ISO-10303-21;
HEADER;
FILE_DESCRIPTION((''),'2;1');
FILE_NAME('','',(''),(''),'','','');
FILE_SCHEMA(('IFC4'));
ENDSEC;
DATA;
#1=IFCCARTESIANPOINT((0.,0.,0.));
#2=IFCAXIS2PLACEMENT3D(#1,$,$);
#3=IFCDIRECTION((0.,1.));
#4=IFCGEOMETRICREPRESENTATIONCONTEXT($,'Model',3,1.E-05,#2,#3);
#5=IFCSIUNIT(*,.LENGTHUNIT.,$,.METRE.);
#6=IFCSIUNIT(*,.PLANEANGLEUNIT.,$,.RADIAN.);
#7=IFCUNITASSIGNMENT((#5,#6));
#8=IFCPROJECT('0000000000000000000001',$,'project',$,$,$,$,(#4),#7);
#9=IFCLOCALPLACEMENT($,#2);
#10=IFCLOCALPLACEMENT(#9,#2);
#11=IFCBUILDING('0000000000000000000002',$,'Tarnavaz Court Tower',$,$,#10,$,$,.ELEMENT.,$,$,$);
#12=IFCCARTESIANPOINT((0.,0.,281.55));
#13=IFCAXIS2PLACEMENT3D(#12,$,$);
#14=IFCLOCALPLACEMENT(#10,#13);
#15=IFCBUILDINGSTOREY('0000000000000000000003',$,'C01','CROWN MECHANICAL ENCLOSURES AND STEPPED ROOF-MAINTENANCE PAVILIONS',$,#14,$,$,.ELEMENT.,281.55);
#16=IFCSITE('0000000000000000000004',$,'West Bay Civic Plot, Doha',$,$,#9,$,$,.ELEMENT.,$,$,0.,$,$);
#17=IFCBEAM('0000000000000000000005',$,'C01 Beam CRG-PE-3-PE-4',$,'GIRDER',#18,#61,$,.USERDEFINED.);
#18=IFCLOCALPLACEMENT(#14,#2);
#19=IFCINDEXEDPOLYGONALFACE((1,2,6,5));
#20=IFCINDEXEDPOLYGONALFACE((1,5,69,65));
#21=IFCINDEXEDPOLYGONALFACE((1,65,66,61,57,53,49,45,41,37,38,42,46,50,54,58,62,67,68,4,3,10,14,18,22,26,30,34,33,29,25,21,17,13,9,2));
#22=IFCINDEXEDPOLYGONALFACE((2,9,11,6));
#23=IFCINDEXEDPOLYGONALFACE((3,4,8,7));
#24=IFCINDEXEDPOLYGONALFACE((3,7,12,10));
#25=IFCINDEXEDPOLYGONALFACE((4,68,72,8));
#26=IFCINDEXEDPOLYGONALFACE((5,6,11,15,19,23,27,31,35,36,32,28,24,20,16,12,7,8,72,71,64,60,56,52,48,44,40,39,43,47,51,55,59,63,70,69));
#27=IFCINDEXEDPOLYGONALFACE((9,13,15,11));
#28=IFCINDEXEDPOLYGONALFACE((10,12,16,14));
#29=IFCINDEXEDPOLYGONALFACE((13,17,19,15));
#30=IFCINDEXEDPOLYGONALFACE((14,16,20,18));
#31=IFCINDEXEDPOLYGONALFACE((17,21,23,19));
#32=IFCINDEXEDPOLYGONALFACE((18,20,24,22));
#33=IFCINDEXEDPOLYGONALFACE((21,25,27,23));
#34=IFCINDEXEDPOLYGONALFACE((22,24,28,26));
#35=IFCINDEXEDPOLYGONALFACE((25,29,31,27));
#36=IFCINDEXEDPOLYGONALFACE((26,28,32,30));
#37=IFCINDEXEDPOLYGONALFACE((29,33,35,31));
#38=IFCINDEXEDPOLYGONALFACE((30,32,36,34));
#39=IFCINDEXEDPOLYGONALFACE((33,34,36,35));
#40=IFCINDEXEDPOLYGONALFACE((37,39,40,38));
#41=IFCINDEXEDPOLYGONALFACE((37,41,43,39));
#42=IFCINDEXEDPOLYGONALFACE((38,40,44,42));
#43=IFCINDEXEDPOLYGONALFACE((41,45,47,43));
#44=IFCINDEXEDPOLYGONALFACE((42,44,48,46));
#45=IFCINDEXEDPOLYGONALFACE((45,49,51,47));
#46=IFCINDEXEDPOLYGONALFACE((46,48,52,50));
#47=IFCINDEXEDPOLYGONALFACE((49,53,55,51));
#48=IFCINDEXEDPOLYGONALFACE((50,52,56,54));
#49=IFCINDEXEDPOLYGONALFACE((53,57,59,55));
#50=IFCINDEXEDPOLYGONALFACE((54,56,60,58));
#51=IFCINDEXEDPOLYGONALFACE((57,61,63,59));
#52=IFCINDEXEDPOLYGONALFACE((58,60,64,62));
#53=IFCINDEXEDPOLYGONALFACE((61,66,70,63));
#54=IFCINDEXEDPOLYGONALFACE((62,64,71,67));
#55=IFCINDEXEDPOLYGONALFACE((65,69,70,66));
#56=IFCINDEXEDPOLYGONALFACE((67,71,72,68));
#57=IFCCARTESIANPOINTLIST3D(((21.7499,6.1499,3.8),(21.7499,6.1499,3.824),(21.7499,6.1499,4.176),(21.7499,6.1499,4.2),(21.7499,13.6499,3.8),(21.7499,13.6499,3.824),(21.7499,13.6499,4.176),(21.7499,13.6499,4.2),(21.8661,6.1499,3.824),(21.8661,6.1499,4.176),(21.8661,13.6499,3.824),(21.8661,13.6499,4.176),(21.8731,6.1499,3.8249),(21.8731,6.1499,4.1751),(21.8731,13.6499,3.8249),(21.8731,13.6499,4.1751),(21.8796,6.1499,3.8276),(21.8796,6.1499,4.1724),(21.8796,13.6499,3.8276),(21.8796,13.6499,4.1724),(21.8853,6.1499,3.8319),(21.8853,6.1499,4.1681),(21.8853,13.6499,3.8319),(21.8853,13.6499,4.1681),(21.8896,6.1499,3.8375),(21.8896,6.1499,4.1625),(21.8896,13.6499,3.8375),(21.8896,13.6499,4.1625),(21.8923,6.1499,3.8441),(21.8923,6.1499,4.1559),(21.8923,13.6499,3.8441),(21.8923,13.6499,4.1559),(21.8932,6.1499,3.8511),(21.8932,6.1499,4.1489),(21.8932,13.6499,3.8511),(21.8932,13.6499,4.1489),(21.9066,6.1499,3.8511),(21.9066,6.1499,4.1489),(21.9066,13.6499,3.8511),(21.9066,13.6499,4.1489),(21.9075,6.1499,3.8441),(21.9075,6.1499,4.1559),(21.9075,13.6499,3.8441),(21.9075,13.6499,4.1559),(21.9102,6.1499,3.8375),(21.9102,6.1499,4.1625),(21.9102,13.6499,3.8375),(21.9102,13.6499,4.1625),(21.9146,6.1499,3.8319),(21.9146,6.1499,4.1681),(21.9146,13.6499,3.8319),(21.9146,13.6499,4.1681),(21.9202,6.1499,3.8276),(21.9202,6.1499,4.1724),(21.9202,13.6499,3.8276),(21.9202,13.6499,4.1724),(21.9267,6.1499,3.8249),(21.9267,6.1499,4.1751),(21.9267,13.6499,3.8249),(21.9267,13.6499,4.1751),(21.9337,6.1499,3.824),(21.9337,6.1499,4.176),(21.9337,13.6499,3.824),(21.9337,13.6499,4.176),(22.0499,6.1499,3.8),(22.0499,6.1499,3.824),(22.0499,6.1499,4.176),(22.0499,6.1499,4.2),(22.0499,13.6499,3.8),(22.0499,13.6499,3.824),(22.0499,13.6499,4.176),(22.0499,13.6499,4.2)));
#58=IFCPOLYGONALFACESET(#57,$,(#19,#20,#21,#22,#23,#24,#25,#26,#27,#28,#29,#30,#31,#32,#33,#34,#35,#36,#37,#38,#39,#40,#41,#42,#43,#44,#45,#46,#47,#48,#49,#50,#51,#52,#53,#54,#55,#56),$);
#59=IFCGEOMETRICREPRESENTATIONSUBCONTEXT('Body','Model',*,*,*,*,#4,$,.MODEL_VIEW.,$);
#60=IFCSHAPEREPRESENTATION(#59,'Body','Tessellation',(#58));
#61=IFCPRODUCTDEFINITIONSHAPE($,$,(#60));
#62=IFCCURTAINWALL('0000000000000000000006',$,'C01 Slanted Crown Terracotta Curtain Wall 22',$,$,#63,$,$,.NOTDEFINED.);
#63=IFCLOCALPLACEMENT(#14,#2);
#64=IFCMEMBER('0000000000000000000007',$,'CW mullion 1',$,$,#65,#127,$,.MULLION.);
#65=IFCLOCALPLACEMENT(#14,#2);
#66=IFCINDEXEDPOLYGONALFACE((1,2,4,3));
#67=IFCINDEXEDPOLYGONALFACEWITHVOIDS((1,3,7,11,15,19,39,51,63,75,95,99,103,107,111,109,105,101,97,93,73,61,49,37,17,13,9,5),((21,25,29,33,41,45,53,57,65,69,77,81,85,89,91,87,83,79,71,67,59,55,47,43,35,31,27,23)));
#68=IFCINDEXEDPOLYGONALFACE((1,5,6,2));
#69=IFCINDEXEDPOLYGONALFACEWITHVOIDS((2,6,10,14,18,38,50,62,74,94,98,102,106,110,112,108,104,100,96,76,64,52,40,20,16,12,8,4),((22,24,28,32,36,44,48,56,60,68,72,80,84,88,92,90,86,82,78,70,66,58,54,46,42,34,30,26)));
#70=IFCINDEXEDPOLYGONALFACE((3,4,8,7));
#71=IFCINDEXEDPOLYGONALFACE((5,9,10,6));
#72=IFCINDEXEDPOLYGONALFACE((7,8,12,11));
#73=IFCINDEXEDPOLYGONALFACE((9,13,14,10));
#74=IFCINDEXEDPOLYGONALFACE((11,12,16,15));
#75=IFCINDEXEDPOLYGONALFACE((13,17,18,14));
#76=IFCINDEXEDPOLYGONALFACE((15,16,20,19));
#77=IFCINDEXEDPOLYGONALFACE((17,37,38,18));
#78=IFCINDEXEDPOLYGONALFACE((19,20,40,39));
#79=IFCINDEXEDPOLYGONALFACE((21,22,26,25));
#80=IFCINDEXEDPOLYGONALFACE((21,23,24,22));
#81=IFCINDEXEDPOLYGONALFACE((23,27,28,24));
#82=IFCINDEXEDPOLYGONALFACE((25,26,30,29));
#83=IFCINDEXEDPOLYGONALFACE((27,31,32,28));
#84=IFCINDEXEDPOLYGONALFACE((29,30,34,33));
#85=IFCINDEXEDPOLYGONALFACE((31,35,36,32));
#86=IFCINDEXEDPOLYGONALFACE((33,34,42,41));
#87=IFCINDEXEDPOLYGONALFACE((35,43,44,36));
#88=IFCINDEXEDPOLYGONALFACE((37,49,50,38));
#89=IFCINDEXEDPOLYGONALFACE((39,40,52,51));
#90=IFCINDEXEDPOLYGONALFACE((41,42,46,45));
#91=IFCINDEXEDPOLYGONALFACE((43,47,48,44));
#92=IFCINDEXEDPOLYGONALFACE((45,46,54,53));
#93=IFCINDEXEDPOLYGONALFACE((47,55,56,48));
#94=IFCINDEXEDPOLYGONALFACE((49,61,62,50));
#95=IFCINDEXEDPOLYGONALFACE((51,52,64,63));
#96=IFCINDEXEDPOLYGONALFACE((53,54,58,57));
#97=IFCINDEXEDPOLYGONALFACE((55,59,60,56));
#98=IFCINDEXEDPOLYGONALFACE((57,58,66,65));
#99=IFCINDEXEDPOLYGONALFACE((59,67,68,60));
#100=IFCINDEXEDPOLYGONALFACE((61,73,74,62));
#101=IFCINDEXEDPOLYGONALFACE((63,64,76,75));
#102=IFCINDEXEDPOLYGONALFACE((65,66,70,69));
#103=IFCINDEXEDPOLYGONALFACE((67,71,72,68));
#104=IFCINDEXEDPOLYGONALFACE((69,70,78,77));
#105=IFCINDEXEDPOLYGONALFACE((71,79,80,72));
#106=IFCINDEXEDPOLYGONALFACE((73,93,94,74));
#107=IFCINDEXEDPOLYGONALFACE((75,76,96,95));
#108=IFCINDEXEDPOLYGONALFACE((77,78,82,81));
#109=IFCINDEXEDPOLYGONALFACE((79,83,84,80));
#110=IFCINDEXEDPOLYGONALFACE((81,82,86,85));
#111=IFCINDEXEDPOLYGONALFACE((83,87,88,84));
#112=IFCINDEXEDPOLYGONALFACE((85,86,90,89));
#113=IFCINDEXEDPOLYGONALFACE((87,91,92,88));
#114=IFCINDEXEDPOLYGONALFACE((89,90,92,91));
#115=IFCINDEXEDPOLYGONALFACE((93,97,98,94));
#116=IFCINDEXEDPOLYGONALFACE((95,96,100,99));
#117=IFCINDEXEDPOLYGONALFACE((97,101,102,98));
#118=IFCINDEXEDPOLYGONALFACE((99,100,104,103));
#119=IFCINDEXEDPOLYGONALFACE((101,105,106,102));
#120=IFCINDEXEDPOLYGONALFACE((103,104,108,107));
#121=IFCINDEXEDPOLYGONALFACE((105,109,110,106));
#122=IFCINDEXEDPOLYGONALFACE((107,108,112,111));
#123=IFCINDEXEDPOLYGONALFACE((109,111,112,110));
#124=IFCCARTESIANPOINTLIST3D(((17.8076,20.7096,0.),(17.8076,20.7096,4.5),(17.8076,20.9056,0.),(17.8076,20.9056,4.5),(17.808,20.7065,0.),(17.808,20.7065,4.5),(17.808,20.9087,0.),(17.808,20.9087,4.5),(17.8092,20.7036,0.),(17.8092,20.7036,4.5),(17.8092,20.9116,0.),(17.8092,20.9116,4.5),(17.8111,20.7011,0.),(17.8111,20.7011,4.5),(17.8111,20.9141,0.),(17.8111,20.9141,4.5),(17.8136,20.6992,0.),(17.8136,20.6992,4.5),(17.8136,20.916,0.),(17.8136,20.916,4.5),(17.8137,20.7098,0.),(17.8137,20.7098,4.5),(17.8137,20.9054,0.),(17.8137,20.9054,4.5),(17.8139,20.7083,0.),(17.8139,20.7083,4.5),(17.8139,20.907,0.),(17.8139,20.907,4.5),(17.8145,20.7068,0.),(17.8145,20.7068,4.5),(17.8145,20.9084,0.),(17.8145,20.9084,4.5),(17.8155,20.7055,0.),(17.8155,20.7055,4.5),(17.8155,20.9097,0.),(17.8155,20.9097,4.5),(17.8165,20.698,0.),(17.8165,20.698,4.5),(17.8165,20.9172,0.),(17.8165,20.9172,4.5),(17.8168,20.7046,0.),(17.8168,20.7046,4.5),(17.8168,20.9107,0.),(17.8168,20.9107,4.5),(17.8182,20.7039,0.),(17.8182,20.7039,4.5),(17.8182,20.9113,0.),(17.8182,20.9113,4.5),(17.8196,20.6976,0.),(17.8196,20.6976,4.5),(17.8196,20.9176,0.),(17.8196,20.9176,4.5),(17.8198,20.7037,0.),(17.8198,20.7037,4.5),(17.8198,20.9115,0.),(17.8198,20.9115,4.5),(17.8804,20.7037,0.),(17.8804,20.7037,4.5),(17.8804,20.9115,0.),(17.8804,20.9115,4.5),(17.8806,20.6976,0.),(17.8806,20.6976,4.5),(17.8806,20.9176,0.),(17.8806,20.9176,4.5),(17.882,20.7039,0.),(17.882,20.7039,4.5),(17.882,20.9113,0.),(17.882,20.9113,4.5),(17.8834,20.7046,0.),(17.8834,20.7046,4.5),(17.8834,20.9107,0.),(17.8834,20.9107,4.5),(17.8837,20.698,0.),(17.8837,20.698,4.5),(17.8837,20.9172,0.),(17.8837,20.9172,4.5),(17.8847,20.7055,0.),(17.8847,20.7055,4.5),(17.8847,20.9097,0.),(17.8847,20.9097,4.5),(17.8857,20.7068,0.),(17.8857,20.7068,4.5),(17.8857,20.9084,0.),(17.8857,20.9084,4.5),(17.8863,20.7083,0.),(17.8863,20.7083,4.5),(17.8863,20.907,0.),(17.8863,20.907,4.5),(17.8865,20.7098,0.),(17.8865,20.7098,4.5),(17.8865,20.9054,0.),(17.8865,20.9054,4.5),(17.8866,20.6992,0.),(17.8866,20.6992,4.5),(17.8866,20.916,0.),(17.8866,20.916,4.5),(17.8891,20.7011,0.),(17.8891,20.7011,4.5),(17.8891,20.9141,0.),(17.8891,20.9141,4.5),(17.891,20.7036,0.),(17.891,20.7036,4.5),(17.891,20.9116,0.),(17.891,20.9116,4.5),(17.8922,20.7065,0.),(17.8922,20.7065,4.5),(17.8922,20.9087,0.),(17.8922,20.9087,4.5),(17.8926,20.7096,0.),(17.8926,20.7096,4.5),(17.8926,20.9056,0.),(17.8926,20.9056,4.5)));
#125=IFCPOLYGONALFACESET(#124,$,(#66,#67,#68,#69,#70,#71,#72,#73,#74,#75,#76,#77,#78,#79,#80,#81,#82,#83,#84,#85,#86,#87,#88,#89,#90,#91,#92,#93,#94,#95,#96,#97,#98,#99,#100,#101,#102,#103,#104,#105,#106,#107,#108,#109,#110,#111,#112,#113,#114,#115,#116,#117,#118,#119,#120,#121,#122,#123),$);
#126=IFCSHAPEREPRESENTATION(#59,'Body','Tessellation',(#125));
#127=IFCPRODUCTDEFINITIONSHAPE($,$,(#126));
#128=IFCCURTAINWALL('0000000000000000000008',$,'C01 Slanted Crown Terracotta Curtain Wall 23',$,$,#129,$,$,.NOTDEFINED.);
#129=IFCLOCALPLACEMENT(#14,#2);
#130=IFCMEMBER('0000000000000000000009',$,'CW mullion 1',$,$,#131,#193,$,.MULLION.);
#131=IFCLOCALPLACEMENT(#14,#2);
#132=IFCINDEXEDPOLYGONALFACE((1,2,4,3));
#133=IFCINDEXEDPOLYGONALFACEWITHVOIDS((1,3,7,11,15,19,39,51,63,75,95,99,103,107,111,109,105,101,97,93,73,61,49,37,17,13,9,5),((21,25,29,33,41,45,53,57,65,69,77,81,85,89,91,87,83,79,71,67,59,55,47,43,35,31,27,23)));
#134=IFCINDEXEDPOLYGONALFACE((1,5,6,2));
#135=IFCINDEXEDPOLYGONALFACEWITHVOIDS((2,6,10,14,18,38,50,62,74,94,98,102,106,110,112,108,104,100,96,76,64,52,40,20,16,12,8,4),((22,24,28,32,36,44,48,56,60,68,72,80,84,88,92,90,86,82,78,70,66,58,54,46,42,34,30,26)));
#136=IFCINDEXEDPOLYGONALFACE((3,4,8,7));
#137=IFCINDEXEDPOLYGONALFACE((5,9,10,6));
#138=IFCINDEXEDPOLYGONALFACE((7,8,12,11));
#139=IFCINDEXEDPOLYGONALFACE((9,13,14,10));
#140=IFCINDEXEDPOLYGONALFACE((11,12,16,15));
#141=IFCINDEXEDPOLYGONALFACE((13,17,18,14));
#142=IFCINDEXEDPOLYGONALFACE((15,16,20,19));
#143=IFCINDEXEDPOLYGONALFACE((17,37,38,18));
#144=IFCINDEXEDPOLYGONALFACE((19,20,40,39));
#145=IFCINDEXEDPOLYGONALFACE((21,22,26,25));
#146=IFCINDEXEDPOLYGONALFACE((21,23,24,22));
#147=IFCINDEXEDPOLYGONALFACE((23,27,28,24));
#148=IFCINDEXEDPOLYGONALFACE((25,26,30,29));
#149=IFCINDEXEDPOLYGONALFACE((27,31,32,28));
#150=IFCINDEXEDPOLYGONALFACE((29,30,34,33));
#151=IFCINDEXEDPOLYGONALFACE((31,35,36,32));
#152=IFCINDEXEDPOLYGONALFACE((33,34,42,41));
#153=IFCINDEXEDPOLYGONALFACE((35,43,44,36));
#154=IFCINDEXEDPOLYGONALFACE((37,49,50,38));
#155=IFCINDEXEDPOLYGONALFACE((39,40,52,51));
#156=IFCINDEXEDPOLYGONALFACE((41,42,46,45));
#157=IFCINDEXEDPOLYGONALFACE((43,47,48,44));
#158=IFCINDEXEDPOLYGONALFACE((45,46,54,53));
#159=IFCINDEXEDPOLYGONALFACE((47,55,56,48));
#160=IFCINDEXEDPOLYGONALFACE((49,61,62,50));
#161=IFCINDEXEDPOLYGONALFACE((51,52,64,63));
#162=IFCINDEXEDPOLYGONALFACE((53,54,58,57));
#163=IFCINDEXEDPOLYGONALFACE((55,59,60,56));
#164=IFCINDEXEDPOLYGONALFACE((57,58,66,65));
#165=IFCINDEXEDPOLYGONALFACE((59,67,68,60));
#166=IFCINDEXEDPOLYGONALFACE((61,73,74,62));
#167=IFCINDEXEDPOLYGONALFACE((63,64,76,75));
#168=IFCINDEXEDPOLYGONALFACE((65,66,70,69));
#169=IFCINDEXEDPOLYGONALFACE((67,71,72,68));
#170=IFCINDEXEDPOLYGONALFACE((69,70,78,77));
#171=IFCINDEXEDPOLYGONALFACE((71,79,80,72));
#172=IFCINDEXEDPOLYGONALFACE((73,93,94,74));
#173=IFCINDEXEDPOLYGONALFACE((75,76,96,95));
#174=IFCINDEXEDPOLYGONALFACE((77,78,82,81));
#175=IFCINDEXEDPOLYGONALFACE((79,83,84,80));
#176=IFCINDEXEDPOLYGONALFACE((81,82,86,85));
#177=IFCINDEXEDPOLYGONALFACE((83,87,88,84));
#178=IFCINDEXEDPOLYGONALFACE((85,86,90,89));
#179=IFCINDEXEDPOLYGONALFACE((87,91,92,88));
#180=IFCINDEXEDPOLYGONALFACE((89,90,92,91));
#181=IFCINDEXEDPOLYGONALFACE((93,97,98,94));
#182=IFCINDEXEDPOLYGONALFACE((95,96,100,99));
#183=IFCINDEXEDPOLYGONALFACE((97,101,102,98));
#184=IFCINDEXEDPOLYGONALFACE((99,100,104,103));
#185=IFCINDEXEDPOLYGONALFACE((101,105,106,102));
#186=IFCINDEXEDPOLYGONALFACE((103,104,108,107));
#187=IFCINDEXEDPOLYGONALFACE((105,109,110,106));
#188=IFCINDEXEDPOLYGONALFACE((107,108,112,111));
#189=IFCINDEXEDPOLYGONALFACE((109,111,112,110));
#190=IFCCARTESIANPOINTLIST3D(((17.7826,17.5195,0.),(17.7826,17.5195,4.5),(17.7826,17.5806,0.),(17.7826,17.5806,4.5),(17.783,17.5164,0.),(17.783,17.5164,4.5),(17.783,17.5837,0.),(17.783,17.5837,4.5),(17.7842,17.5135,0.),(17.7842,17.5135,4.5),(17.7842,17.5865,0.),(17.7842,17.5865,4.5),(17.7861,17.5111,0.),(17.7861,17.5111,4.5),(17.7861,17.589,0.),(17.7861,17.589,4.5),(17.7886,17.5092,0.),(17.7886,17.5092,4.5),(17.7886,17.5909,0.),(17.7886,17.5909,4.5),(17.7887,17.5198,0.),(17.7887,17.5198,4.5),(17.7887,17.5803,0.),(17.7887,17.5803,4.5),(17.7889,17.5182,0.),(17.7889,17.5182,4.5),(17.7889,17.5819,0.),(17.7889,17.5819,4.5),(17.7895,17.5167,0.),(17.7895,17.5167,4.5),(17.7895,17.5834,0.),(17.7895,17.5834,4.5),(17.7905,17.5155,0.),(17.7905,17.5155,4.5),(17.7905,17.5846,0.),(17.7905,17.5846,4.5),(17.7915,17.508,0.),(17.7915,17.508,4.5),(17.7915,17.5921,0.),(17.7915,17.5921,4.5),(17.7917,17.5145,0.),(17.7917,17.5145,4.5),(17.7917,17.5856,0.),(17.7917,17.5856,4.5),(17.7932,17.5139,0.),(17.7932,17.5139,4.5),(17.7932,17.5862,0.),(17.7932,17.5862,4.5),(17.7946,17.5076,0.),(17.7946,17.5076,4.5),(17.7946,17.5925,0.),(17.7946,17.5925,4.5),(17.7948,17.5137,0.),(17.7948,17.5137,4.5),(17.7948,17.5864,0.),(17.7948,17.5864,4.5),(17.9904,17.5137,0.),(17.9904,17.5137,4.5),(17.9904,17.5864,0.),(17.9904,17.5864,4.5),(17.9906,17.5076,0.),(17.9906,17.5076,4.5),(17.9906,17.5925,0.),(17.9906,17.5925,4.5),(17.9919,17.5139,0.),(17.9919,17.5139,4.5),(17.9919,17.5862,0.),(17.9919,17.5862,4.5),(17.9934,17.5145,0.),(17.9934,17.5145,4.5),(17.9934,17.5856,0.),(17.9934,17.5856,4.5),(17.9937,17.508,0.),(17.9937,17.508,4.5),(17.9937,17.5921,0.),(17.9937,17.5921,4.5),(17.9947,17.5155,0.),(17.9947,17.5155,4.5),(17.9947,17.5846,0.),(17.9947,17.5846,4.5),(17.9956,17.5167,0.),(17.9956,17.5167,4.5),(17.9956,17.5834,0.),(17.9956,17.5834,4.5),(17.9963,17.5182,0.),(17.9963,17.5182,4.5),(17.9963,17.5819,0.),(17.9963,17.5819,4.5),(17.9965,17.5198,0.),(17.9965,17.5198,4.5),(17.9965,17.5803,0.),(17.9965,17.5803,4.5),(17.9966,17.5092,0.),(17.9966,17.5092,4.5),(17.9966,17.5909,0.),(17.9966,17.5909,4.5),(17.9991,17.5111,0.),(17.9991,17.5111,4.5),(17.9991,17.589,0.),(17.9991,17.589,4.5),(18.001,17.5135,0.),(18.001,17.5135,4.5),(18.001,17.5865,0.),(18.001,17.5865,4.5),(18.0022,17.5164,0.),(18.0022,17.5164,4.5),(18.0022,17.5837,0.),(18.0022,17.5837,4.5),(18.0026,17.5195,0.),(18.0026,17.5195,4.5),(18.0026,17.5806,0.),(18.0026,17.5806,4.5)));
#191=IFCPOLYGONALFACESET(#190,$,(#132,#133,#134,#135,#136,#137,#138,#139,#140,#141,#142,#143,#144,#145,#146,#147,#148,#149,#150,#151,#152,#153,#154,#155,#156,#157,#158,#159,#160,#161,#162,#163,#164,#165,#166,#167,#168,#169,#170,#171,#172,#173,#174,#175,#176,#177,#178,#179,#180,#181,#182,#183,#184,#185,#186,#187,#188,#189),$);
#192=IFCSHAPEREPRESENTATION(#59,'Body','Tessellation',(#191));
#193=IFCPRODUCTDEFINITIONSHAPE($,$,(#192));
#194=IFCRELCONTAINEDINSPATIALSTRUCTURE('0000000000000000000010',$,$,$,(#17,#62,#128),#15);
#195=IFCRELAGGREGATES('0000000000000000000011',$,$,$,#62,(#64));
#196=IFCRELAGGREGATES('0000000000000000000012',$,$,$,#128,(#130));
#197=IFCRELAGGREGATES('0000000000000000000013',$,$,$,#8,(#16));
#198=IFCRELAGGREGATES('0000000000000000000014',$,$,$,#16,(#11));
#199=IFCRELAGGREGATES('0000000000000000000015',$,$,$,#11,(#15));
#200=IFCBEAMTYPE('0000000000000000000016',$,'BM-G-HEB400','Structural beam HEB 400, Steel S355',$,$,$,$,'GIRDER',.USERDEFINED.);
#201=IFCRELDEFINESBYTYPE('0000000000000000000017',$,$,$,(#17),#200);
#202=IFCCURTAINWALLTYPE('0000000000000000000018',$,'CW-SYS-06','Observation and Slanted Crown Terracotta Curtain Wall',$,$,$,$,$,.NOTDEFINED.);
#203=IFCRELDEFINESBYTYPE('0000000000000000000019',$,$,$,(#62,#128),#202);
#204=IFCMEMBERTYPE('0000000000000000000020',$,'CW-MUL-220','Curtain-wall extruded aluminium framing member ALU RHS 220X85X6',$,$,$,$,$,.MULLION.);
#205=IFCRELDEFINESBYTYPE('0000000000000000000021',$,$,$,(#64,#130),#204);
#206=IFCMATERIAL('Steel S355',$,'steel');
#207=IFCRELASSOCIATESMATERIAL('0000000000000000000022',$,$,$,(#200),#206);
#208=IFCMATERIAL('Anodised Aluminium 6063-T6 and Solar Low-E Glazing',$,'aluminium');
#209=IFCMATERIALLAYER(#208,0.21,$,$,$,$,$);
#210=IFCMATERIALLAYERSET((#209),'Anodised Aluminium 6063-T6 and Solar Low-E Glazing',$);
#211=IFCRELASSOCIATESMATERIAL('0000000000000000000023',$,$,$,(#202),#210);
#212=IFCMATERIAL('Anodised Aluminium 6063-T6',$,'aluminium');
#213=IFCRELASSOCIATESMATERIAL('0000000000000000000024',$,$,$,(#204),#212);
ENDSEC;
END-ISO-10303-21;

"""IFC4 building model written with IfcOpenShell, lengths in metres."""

from ifc_helpers import new_model, si_unit, direction, frame, origin, origin_2d, place, context, subcontext, project, spatial, hollow_rectangle, i_section, extrude, material, layer, layer_set, material_profile, profile_set, type_object, element, aggregate, save


model = new_model("IFC4")

# Units and contexts
model_context = context("Model", 3, precision=1e-05, world=origin(), true_north=direction((0.0, 1.0)))
body_context = subcontext(model_context, "Body", "Model", "MODEL_VIEW")
ifc_project = project(units=[si_unit("LENGTHUNIT", "METRE"), si_unit("PLANEANGLEUNIT", "RADIAN")], contexts=[model_context])

# Site, building, storey
site_placement = place(None, origin())
site = spatial("IfcSite", under=ifc_project, at=site_placement, Name="West Bay Civic Plot, Doha", CompositionType="ELEMENT", RefElevation=0.0)
building_placement = place(site_placement, origin())
building = spatial("IfcBuilding", under=site, at=building_placement, Name="Tarnavaz Court Tower", CompositionType="ELEMENT")
storey_placement = place(building_placement, frame((0.0, 0.0, 281.55)))
storey = spatial("IfcBuildingStorey", under=building, at=storey_placement, Name="C01", Description="CROWN MECHANICAL ENCLOSURES AND STEPPED ROOF-MAINTENANCE PAVILIONS", CompositionType="ELEMENT", Elevation=281.55)

# Shared definitions
ifc_material_1 = material(Name="Steel S355", Category="steel")

# Beam
ifc_material_profile_1 = material_profile(ifc_material_1, i_section(OverallWidth=0.3, OverallDepth=0.3999, WebThickness=0.0134, FlangeThickness=0.0239, FilletRadius=0.0271, at=origin_2d()), Name="HEB 400")
ifc_profile_set_1 = profile_set([ifc_material_profile_1], Name="Steel S355")
beam_type = type_object("IfcBeamType", Name="BM-G-HEB400", Description="Structural beam HEB 400, Steel S355", ElementType="GIRDER", PredefinedType="USERDEFINED", material=ifc_profile_set_1)
beam_placement = place(storey_placement, frame((21.8999, 6.1499, 4.0), z_axis=(0.0, 1.0, 0.0), x_axis=(-1.0, 0.0, 0.0)))
element("IfcBeam", 1, at=beam_placement, inside=storey, type_object=beam_type, Name="C01 Beam CRG-PE-3-PE-4", ObjectType="GIRDER", PredefinedType="USERDEFINED", context=body_context, shape_type="SweptSolid", body=[
    extrude(i_section(OverallWidth=0.3, OverallDepth=0.3999, WebThickness=0.0134, FlangeThickness=0.0239, FilletRadius=0.0271, at=origin_2d()), origin(), (0.0, 0.0, 1.0), 7.5),
])

# Curtain wall, member
ifc_material_2 = material(Name="Anodised Aluminium 6063-T6 and Solar Low-E Glazing", Category="aluminium")
ifc_layer_1 = layer(ifc_material_2, 0.21)
ifc_layer_set_1 = layer_set([ifc_layer_1], Name="Anodised Aluminium 6063-T6 and Solar Low-E Glazing")
curtain_wall_type = type_object("IfcCurtainWallType", Name="CW-SYS-06", Description="Observation and Slanted Crown Terracotta Curtain Wall", PredefinedType="NOTDEFINED", material=ifc_layer_set_1)
curtain_wall_1_placement = place(storey_placement, origin())
curtain_wall_1 = element("IfcCurtainWall", 2, at=curtain_wall_1_placement, inside=storey, type_object=curtain_wall_type, Name="C01 Slanted Crown Terracotta Curtain Wall 22", PredefinedType="NOTDEFINED")
ifc_material_3 = material(Name="Anodised Aluminium 6063-T6", Category="aluminium")
ifc_material_profile_2 = material_profile(ifc_material_3, hollow_rectangle(XDim=0.085, YDim=0.22, WallThickness=0.0061, InnerFilletRadius=0.0061, OuterFilletRadius=0.012, at=origin_2d()), Name="ALU RHS 220X85X6")
ifc_profile_set_2 = profile_set([ifc_material_profile_2], Name="Anodised Aluminium 6063-T6")
member_type_1 = type_object("IfcMemberType", Name="CW-MUL-220", Description="Curtain-wall extruded aluminium framing member ALU RHS 220X85X6", PredefinedType="MULLION", material=ifc_profile_set_2)
member_1_placement = place(storey_placement, frame((17.8501, 20.8076, 0.0), z_axis=(0.0, 0.0, 1.0), x_axis=(1.0, 0.0, 0.0)))
member_1 = element("IfcMember", 3, at=member_1_placement, type_object=member_type_1, Name="CW mullion 1", PredefinedType="MULLION", context=body_context, shape_type="SweptSolid", body=[
    extrude(hollow_rectangle(XDim=0.085, YDim=0.22, WallThickness=0.0061, InnerFilletRadius=0.0061, OuterFilletRadius=0.012, at=origin_2d()), origin(), (0.0, 0.0, 1.0), 4.5),
])

# Curtain wall, member
curtain_wall_2_placement = place(storey_placement, origin())
curtain_wall_2 = element("IfcCurtainWall", 4, at=curtain_wall_2_placement, inside=storey, type_object=curtain_wall_type, Name="C01 Slanted Crown Terracotta Curtain Wall 23", PredefinedType="NOTDEFINED")
member_2_placement = place(storey_placement, frame((17.8926, 17.55, 0.0), z_axis=(0.0, 0.0, 1.0), x_axis=(0.0, 1.0, 0.0)))
member_2 = element("IfcMember", 5, at=member_2_placement, type_object=member_type_1, Name="CW mullion 1", PredefinedType="MULLION", context=body_context, shape_type="SweptSolid", body=[
    extrude(hollow_rectangle(XDim=0.085, YDim=0.22, WallThickness=0.0061, InnerFilletRadius=0.0061, OuterFilletRadius=0.012, at=origin_2d()), origin(), (0.0, 0.0, 1.0), 4.5),
])

aggregate(curtain_wall_1, [member_1])

aggregate(curtain_wall_2, [member_2])

save(model, "model.ifc")
